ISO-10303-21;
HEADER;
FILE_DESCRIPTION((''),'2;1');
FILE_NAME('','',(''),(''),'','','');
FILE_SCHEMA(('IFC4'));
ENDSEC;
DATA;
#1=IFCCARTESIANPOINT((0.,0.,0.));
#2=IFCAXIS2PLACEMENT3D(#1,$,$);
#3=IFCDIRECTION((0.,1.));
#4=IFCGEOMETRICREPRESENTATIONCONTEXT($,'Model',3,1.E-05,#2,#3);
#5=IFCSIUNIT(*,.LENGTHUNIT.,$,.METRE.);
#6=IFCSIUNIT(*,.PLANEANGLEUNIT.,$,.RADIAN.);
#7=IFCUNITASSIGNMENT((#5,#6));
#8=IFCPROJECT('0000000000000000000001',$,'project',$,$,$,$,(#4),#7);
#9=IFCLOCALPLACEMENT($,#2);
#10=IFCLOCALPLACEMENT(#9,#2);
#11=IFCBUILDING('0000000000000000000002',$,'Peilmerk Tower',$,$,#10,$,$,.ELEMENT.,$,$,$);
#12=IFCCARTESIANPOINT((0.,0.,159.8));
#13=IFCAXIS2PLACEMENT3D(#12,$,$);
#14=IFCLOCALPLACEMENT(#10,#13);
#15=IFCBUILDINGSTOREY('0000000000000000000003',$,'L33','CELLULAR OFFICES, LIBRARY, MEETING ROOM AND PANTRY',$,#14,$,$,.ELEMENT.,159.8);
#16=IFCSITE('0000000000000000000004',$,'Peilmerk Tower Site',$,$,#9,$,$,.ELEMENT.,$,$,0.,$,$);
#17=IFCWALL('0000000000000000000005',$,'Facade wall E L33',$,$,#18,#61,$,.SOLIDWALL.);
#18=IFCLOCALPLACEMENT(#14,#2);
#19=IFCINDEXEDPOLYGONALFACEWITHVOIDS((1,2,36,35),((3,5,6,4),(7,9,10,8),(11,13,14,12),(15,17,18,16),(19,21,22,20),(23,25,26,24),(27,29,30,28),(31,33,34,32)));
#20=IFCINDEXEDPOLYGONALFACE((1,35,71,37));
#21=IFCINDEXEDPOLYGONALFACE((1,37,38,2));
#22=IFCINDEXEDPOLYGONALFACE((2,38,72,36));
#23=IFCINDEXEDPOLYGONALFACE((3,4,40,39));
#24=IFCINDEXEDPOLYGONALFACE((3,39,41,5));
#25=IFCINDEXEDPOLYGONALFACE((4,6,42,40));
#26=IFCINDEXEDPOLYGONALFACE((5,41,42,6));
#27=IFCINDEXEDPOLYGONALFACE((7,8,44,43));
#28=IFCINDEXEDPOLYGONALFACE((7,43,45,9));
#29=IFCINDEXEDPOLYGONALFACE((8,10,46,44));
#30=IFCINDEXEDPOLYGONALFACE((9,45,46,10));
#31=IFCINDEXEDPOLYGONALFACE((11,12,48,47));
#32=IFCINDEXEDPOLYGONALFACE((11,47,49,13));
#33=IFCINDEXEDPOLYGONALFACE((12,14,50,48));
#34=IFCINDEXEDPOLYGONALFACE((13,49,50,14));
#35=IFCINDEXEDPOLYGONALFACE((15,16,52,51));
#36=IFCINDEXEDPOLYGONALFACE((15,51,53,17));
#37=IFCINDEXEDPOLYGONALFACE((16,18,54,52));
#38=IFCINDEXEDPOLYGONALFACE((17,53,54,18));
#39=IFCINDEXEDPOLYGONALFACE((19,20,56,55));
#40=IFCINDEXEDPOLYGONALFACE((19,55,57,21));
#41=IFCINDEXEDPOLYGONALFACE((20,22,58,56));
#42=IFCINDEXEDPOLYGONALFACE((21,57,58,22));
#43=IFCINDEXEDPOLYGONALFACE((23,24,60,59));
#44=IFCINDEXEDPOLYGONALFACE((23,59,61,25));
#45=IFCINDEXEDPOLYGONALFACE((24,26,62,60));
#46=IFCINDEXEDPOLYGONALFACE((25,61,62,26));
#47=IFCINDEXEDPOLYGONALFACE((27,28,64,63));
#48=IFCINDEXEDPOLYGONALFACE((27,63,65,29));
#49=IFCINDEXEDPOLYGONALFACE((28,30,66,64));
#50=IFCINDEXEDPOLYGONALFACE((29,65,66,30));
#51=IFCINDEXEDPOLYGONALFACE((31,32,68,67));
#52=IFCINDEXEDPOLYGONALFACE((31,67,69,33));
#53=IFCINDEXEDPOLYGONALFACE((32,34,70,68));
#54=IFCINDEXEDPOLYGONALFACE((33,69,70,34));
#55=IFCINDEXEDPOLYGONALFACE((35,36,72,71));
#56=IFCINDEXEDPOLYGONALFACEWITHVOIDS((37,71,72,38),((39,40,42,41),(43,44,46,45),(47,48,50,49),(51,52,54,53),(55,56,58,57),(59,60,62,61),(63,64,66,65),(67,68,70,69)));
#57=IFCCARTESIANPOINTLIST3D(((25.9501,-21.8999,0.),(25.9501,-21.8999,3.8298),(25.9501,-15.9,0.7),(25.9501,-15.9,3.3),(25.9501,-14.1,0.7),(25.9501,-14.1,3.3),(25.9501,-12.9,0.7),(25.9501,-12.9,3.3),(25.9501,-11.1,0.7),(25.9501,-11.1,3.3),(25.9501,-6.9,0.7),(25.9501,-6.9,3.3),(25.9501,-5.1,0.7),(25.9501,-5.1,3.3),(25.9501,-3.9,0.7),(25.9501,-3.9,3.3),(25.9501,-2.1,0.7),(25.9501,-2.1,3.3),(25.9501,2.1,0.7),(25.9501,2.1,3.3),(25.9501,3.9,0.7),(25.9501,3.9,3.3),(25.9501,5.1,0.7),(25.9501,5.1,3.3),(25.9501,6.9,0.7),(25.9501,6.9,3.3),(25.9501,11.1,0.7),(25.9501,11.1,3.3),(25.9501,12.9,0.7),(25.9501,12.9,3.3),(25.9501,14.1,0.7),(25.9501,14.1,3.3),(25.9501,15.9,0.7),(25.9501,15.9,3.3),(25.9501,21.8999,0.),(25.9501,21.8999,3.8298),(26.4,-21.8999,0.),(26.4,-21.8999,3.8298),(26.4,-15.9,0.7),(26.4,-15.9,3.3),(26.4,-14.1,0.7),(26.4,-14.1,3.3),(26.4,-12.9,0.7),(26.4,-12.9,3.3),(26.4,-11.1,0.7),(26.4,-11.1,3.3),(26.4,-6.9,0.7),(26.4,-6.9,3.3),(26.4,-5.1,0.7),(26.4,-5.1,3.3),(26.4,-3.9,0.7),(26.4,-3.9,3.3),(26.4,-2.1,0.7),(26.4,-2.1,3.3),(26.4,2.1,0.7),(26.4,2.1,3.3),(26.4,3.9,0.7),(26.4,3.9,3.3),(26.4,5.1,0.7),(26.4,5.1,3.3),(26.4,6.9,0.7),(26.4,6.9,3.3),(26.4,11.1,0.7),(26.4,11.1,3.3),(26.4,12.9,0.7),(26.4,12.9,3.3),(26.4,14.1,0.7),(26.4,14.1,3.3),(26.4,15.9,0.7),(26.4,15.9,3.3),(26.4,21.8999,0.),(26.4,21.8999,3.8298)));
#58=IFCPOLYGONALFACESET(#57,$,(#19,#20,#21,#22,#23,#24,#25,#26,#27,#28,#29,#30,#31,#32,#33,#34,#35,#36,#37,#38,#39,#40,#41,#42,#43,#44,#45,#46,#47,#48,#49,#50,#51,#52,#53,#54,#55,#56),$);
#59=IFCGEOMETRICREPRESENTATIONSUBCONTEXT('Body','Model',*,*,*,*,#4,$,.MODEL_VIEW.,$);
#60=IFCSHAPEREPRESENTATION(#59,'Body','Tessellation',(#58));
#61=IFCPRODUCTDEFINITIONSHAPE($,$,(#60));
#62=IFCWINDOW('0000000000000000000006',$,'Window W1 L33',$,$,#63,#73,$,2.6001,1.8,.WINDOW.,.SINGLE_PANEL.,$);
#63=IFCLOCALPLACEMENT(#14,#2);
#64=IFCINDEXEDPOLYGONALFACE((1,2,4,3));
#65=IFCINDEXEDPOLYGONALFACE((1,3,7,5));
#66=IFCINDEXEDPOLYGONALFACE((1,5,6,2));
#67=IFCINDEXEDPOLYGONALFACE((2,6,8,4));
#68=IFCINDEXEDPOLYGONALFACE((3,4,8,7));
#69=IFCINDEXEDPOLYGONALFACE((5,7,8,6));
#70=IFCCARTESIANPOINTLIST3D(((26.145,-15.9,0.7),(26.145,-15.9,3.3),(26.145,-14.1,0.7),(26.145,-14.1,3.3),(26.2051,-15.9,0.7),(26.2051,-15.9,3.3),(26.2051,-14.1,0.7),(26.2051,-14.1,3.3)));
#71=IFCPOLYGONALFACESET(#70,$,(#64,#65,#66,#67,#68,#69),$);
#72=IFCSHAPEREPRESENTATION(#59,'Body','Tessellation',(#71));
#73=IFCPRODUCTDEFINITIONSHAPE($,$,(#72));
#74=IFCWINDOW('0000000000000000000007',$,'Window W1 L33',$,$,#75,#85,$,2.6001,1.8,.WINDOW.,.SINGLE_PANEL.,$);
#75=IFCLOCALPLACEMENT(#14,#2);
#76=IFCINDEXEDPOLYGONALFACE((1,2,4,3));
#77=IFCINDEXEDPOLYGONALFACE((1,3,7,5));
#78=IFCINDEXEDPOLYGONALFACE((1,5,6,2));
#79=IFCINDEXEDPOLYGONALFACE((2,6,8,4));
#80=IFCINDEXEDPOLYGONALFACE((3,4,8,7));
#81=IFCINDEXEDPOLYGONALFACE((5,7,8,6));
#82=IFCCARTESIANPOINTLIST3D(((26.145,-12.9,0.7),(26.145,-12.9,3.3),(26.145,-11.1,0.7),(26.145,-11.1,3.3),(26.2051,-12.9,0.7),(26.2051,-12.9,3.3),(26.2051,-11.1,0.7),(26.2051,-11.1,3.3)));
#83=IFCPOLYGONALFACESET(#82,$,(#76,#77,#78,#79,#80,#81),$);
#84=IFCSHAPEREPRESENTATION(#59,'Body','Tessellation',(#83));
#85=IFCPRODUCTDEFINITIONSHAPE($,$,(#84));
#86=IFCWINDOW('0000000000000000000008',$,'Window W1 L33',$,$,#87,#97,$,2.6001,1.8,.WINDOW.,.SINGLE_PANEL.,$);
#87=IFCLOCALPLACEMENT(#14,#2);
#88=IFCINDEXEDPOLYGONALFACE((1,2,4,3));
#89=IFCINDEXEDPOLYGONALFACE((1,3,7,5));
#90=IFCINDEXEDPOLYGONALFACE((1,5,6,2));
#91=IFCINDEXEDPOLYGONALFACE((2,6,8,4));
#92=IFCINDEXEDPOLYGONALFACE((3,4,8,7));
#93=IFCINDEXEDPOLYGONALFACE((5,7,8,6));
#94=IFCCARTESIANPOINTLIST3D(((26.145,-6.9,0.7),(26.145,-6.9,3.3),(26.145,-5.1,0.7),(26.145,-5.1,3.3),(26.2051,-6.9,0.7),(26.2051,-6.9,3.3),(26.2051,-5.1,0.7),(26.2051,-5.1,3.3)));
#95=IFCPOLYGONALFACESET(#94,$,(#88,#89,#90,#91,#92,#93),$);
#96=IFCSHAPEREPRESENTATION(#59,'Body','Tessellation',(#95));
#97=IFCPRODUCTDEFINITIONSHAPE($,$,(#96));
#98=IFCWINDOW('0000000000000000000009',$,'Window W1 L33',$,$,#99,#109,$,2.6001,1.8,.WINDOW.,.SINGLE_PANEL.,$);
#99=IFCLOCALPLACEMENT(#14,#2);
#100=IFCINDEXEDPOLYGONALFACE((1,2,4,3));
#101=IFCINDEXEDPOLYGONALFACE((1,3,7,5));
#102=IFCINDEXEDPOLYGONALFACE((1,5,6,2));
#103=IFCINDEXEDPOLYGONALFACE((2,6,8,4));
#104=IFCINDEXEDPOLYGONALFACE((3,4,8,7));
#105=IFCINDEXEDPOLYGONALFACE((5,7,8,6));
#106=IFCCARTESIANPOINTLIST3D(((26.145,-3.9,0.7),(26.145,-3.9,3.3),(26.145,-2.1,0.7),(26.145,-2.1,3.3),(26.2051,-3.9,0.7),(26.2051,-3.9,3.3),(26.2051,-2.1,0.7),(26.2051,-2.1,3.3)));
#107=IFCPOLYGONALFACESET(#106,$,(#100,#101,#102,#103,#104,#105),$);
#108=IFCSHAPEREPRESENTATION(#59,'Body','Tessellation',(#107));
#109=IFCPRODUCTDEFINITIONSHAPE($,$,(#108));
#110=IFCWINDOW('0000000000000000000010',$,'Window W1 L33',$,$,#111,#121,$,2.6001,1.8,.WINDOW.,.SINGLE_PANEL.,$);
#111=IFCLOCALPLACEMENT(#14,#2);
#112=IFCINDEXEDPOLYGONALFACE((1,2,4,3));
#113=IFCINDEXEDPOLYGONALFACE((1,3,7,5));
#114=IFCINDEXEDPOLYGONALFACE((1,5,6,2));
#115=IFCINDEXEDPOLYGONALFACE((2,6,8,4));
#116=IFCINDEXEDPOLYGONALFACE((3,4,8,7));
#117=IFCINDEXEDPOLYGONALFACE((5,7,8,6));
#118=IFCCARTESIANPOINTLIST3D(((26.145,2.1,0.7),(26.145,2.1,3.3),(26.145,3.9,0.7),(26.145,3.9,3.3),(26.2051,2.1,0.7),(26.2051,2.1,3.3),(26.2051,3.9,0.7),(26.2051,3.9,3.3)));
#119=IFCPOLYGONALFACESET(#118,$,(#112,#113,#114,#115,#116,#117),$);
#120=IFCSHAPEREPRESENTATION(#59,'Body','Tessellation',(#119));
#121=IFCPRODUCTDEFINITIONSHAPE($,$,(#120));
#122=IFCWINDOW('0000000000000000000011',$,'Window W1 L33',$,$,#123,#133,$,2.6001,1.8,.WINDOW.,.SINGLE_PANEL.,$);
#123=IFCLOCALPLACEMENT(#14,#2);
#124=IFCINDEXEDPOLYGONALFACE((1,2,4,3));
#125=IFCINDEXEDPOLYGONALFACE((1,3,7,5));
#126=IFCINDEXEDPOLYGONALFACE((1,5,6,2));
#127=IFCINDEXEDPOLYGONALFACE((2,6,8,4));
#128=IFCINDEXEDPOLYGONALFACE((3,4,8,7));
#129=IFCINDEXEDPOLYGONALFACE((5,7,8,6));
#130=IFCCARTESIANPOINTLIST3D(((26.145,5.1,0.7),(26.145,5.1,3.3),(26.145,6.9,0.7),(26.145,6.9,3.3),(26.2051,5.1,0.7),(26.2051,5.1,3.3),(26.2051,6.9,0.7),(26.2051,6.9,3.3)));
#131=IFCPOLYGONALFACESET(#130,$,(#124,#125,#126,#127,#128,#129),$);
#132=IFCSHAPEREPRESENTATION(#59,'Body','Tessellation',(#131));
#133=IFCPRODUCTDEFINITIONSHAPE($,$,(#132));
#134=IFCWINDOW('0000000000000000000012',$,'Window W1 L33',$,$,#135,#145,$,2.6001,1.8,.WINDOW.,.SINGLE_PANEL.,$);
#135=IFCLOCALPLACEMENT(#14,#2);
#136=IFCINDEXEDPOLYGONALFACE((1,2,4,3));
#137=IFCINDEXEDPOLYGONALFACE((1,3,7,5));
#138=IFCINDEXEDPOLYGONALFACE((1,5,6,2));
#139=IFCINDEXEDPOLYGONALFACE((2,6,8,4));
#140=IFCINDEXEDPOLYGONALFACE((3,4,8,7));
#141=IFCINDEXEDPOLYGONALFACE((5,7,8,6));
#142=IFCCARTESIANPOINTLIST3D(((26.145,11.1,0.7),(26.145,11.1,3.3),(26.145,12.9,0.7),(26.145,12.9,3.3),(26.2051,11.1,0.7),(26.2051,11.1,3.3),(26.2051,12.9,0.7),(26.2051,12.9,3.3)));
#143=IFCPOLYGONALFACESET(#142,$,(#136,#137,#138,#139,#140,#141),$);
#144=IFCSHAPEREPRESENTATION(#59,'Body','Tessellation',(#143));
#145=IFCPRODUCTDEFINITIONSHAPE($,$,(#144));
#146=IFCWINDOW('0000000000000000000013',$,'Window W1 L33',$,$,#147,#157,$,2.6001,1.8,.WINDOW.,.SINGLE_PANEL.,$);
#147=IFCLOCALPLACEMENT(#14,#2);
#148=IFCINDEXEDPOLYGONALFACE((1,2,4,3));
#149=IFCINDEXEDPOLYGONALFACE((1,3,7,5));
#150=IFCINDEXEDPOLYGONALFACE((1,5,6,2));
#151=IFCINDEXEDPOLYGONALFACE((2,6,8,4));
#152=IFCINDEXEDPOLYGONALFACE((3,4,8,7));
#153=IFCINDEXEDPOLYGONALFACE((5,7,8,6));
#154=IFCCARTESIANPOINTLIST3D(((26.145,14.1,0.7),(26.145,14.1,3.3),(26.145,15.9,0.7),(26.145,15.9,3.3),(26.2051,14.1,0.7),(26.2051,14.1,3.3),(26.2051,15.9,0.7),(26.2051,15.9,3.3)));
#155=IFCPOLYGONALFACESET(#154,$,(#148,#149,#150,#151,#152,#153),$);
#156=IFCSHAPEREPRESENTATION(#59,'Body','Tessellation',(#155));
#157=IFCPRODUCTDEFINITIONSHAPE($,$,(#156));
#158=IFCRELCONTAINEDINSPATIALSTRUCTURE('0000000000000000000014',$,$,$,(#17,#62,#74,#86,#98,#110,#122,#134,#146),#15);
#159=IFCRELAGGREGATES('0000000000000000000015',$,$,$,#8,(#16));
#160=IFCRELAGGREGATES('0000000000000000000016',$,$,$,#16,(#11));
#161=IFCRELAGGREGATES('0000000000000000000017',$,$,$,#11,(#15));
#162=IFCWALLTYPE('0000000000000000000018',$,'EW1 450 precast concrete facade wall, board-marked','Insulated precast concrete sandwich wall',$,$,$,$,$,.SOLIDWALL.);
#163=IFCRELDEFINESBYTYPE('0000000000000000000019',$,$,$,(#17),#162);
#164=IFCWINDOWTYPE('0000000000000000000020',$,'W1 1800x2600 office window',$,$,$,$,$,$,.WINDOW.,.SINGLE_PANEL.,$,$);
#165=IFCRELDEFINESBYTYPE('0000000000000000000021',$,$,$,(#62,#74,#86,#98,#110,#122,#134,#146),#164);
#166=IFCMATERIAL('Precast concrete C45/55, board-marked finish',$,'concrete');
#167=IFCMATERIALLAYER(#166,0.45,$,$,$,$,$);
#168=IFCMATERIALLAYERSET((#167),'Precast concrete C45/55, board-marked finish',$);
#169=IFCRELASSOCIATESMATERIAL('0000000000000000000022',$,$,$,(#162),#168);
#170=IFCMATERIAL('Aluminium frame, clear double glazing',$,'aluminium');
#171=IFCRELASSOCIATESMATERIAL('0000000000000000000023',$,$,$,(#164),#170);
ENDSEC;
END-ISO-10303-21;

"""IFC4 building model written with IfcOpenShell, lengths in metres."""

from ifc_helpers import new_model, si_unit, direction, frame, frame_2d, origin, place, context, subcontext, project, spatial, rectangle, extrude, material, layer, layer_set, type_object, element, fill, save


model = new_model("IFC4")

# Units and contexts
model_context = context("Model", 3, precision=1e-05, world=origin(), true_north=direction((0.0, 1.0)))
body_context = subcontext(model_context, "Body", "Model", "MODEL_VIEW")
ifc_project = project(units=[si_unit("LENGTHUNIT", "METRE"), si_unit("PLANEANGLEUNIT", "RADIAN")], contexts=[model_context])

# Site, building, storey
site_placement = place(None, origin())
site = spatial("IfcSite", under=ifc_project, at=site_placement, Name="Peilmerk Tower Site", CompositionType="ELEMENT", RefElevation=0.0)
building_placement = place(site_placement, origin())
building = spatial("IfcBuilding", under=site, at=building_placement, Name="Peilmerk Tower", CompositionType="ELEMENT")
storey_placement = place(building_placement, frame((0.0, 0.0, 159.8)))
storey = spatial("IfcBuildingStorey", under=building, at=storey_placement, Name="L33", Description="CELLULAR OFFICES, LIBRARY, MEETING ROOM AND PANTRY", CompositionType="ELEMENT", Elevation=159.8)

# Wall, openings, windows
ifc_material_1 = material(Name="Precast concrete C45/55, board-marked finish", Category="concrete")
ifc_layer_1 = layer(ifc_material_1, 0.45)
ifc_layer_set_1 = layer_set([ifc_layer_1], Name="Precast concrete C45/55, board-marked finish")
wall_type = type_object("IfcWallType", Name="EW1 450 precast concrete facade wall, board-marked", Description="Insulated precast concrete sandwich wall", PredefinedType="SOLIDWALL", material=ifc_layer_set_1)
wall_1_placement = place(storey_placement, frame((26.175, -21.8999, 0.0), z_axis=(0.0, 0.0, 1.0), x_axis=(0.0, 1.0, 0.0)))
wall_1 = element("IfcWall", 1, at=wall_1_placement, inside=storey, type_object=wall_type, Name="Facade wall E L33", PredefinedType="SOLIDWALL", context=body_context, shape_type="SweptSolid", body=[
    extrude(rectangle(XDim=43.7998, YDim=0.45, at=frame_2d((21.8999, 0.0))), origin(), (0.0, 0.0, 1.0), 3.8298),
])
opening_1_placement = place(wall_1_placement, frame((6.0, 0.0, 0.7)))
opening_1 = element("IfcOpeningElement", 2, at=opening_1_placement, cuts=wall_1, PredefinedType="OPENING", context=body_context, shape_type="SweptSolid", body=[
    extrude(rectangle(XDim=1.8, YDim=2.6001, at=frame_2d((0.8999, 1.3))), frame((0.0, 0.2349, 0.0), z_axis=(0.0, -1.0, 0.0), x_axis=(1.0, 0.0, 0.0)), (0.0, 0.0, 1.0), 0.47),
])
opening_2_placement = place(wall_1_placement, frame((9.0, 0.0, 0.7)))
opening_2 = element("IfcOpeningElement", 3, at=opening_2_placement, cuts=wall_1, PredefinedType="OPENING", context=body_context, shape_type="SweptSolid", body=[
    extrude(rectangle(XDim=1.8, YDim=2.6001, at=frame_2d((0.8999, 1.3))), frame((0.0, 0.2349, 0.0), z_axis=(0.0, -1.0, 0.0), x_axis=(1.0, 0.0, 0.0)), (0.0, 0.0, 1.0), 0.47),
])
opening_3_placement = place(wall_1_placement, frame((15.0, 0.0, 0.7)))
opening_3 = element("IfcOpeningElement", 4, at=opening_3_placement, cuts=wall_1, PredefinedType="OPENING", context=body_context, shape_type="SweptSolid", body=[
    extrude(rectangle(XDim=1.8, YDim=2.6001, at=frame_2d((0.8999, 1.3))), frame((0.0, 0.2349, 0.0), z_axis=(0.0, -1.0, 0.0), x_axis=(1.0, 0.0, 0.0)), (0.0, 0.0, 1.0), 0.47),
])
opening_4_placement = place(wall_1_placement, frame((18.0, 0.0, 0.7)))
opening_4 = element("IfcOpeningElement", 5, at=opening_4_placement, cuts=wall_1, PredefinedType="OPENING", context=body_context, shape_type="SweptSolid", body=[
    extrude(rectangle(XDim=1.8, YDim=2.6001, at=frame_2d((0.8999, 1.3))), frame((0.0, 0.2349, 0.0), z_axis=(0.0, -1.0, 0.0), x_axis=(1.0, 0.0, 0.0)), (0.0, 0.0, 1.0), 0.47),
])
opening_5_placement = place(wall_1_placement, frame((24.0, 0.0, 0.7)))
opening_5 = element("IfcOpeningElement", 6, at=opening_5_placement, cuts=wall_1, PredefinedType="OPENING", context=body_context, shape_type="SweptSolid", body=[
    extrude(rectangle(XDim=1.8, YDim=2.6001, at=frame_2d((0.8999, 1.3))), frame((0.0, 0.2349, 0.0), z_axis=(0.0, -1.0, 0.0), x_axis=(1.0, 0.0, 0.0)), (0.0, 0.0, 1.0), 0.47),
])
opening_6_placement = place(wall_1_placement, frame((27.0, 0.0, 0.7)))
opening_6 = element("IfcOpeningElement", 7, at=opening_6_placement, cuts=wall_1, PredefinedType="OPENING", context=body_context, shape_type="SweptSolid", body=[
    extrude(rectangle(XDim=1.8, YDim=2.6001, at=frame_2d((0.8999, 1.3))), frame((0.0, 0.2349, 0.0), z_axis=(0.0, -1.0, 0.0), x_axis=(1.0, 0.0, 0.0)), (0.0, 0.0, 1.0), 0.47),
])
opening_7_placement = place(wall_1_placement, frame((33.0, 0.0, 0.7)))
opening_7 = element("IfcOpeningElement", 8, at=opening_7_placement, cuts=wall_1, PredefinedType="OPENING", context=body_context, shape_type="SweptSolid", body=[
    extrude(rectangle(XDim=1.8, YDim=2.6001, at=frame_2d((0.8999, 1.3))), frame((0.0, 0.2349, 0.0), z_axis=(0.0, -1.0, 0.0), x_axis=(1.0, 0.0, 0.0)), (0.0, 0.0, 1.0), 0.47),
])
opening_8_placement = place(wall_1_placement, frame((36.0, 0.0, 0.7)))
opening_8 = element("IfcOpeningElement", 9, at=opening_8_placement, cuts=wall_1, PredefinedType="OPENING", context=body_context, shape_type="SweptSolid", body=[
    extrude(rectangle(XDim=1.8, YDim=2.6001, at=frame_2d((0.8999, 1.3))), frame((0.0, 0.2349, 0.0), z_axis=(0.0, -1.0, 0.0), x_axis=(1.0, 0.0, 0.0)), (0.0, 0.0, 1.0), 0.47),
])
ifc_material_2 = material(Name="Aluminium frame, clear double glazing", Category="aluminium")
window_type = type_object("IfcWindowType", Name="W1 1800x2600 office window", PartitioningType="SINGLE_PANEL", PredefinedType="WINDOW", material=ifc_material_2)
window_1_placement = place(opening_1_placement, origin())
window_1 = element("IfcWindow", 10, at=window_1_placement, inside=storey, type_object=window_type, Name="Window W1 L33", OverallHeight=2.6001, OverallWidth=1.8, PartitioningType="SINGLE_PANEL", PredefinedType="WINDOW", context=body_context, shape_type="SweptSolid", body=[
    extrude(rectangle(XDim=1.8, YDim=2.6001, at=frame_2d((0.8999, 1.3))), frame((0.0, 0.03, 0.0), z_axis=(0.0, -1.0, 0.0), x_axis=(1.0, 0.0, 0.0)), (0.0, 0.0, 1.0), 0.0601),
])
fill(opening_1, window_1)
window_2_placement = place(opening_2_placement, origin())
window_2 = element("IfcWindow", 11, at=window_2_placement, inside=storey, type_object=window_type, Name="Window W1 L33", OverallHeight=2.6001, OverallWidth=1.8, PartitioningType="SINGLE_PANEL", PredefinedType="WINDOW", context=body_context, shape_type="SweptSolid", body=[
    extrude(rectangle(XDim=1.8, YDim=2.6001, at=frame_2d((0.8999, 1.3))), frame((0.0, 0.03, 0.0), z_axis=(0.0, -1.0, 0.0), x_axis=(1.0, 0.0, 0.0)), (0.0, 0.0, 1.0), 0.0601),
])
fill(opening_2, window_2)
window_3_placement = place(opening_3_placement, origin())
window_3 = element("IfcWindow", 12, at=window_3_placement, inside=storey, type_object=window_type, Name="Window W1 L33", OverallHeight=2.6001, OverallWidth=1.8, PartitioningType="SINGLE_PANEL", PredefinedType="WINDOW", context=body_context, shape_type="SweptSolid", body=[
    extrude(rectangle(XDim=1.8, YDim=2.6001, at=frame_2d((0.8999, 1.3))), frame((0.0, 0.03, 0.0), z_axis=(0.0, -1.0, 0.0), x_axis=(1.0, 0.0, 0.0)), (0.0, 0.0, 1.0), 0.0601),
])
fill(opening_3, window_3)
window_4_placement = place(opening_4_placement, origin())
window_4 = element("IfcWindow", 13, at=window_4_placement, inside=storey, type_object=window_type, Name="Window W1 L33", OverallHeight=2.6001, OverallWidth=1.8, PartitioningType="SINGLE_PANEL", PredefinedType="WINDOW", context=body_context, shape_type="SweptSolid", body=[
    extrude(rectangle(XDim=1.8, YDim=2.6001, at=frame_2d((0.8999, 1.3))), frame((0.0, 0.03, 0.0), z_axis=(0.0, -1.0, 0.0), x_axis=(1.0, 0.0, 0.0)), (0.0, 0.0, 1.0), 0.0601),
])
fill(opening_4, window_4)
window_5_placement = place(opening_5_placement, origin())
window_5 = element("IfcWindow", 14, at=window_5_placement, inside=storey, type_object=window_type, Name="Window W1 L33", OverallHeight=2.6001, OverallWidth=1.8, PartitioningType="SINGLE_PANEL", PredefinedType="WINDOW", context=body_context, shape_type="SweptSolid", body=[
    extrude(rectangle(XDim=1.8, YDim=2.6001, at=frame_2d((0.8999, 1.3))), frame((0.0, 0.03, 0.0), z_axis=(0.0, -1.0, 0.0), x_axis=(1.0, 0.0, 0.0)), (0.0, 0.0, 1.0), 0.0601),
])
fill(opening_5, window_5)
window_6_placement = place(opening_6_placement, origin())
window_6 = element("IfcWindow", 15, at=window_6_placement, inside=storey, type_object=window_type, Name="Window W1 L33", OverallHeight=2.6001, OverallWidth=1.8, PartitioningType="SINGLE_PANEL", PredefinedType="WINDOW", context=body_context, shape_type="SweptSolid", body=[
    extrude(rectangle(XDim=1.8, YDim=2.6001, at=frame_2d((0.8999, 1.3))), frame((0.0, 0.03, 0.0), z_axis=(0.0, -1.0, 0.0), x_axis=(1.0, 0.0, 0.0)), (0.0, 0.0, 1.0), 0.0601),
])
fill(opening_6, window_6)
window_7_placement = place(opening_7_placement, origin())
window_7 = element("IfcWindow", 16, at=window_7_placement, inside=storey, type_object=window_type, Name="Window W1 L33", OverallHeight=2.6001, OverallWidth=1.8, PartitioningType="SINGLE_PANEL", PredefinedType="WINDOW", context=body_context, shape_type="SweptSolid", body=[
    extrude(rectangle(XDim=1.8, YDim=2.6001, at=frame_2d((0.8999, 1.3))), frame((0.0, 0.03, 0.0), z_axis=(0.0, -1.0, 0.0), x_axis=(1.0, 0.0, 0.0)), (0.0, 0.0, 1.0), 0.0601),
])
fill(opening_7, window_7)
window_8_placement = place(opening_8_placement, origin())
window_8 = element("IfcWindow", 17, at=window_8_placement, inside=storey, type_object=window_type, Name="Window W1 L33", OverallHeight=2.6001, OverallWidth=1.8, PartitioningType="SINGLE_PANEL", PredefinedType="WINDOW", context=body_context, shape_type="SweptSolid", body=[
    extrude(rectangle(XDim=1.8, YDim=2.6001, at=frame_2d((0.8999, 1.3))), frame((0.0, 0.03, 0.0), z_axis=(0.0, -1.0, 0.0), x_axis=(1.0, 0.0, 0.0)), (0.0, 0.0, 1.0), 0.0601),
])
fill(opening_8, window_8)

save(model, "model.ifc")
